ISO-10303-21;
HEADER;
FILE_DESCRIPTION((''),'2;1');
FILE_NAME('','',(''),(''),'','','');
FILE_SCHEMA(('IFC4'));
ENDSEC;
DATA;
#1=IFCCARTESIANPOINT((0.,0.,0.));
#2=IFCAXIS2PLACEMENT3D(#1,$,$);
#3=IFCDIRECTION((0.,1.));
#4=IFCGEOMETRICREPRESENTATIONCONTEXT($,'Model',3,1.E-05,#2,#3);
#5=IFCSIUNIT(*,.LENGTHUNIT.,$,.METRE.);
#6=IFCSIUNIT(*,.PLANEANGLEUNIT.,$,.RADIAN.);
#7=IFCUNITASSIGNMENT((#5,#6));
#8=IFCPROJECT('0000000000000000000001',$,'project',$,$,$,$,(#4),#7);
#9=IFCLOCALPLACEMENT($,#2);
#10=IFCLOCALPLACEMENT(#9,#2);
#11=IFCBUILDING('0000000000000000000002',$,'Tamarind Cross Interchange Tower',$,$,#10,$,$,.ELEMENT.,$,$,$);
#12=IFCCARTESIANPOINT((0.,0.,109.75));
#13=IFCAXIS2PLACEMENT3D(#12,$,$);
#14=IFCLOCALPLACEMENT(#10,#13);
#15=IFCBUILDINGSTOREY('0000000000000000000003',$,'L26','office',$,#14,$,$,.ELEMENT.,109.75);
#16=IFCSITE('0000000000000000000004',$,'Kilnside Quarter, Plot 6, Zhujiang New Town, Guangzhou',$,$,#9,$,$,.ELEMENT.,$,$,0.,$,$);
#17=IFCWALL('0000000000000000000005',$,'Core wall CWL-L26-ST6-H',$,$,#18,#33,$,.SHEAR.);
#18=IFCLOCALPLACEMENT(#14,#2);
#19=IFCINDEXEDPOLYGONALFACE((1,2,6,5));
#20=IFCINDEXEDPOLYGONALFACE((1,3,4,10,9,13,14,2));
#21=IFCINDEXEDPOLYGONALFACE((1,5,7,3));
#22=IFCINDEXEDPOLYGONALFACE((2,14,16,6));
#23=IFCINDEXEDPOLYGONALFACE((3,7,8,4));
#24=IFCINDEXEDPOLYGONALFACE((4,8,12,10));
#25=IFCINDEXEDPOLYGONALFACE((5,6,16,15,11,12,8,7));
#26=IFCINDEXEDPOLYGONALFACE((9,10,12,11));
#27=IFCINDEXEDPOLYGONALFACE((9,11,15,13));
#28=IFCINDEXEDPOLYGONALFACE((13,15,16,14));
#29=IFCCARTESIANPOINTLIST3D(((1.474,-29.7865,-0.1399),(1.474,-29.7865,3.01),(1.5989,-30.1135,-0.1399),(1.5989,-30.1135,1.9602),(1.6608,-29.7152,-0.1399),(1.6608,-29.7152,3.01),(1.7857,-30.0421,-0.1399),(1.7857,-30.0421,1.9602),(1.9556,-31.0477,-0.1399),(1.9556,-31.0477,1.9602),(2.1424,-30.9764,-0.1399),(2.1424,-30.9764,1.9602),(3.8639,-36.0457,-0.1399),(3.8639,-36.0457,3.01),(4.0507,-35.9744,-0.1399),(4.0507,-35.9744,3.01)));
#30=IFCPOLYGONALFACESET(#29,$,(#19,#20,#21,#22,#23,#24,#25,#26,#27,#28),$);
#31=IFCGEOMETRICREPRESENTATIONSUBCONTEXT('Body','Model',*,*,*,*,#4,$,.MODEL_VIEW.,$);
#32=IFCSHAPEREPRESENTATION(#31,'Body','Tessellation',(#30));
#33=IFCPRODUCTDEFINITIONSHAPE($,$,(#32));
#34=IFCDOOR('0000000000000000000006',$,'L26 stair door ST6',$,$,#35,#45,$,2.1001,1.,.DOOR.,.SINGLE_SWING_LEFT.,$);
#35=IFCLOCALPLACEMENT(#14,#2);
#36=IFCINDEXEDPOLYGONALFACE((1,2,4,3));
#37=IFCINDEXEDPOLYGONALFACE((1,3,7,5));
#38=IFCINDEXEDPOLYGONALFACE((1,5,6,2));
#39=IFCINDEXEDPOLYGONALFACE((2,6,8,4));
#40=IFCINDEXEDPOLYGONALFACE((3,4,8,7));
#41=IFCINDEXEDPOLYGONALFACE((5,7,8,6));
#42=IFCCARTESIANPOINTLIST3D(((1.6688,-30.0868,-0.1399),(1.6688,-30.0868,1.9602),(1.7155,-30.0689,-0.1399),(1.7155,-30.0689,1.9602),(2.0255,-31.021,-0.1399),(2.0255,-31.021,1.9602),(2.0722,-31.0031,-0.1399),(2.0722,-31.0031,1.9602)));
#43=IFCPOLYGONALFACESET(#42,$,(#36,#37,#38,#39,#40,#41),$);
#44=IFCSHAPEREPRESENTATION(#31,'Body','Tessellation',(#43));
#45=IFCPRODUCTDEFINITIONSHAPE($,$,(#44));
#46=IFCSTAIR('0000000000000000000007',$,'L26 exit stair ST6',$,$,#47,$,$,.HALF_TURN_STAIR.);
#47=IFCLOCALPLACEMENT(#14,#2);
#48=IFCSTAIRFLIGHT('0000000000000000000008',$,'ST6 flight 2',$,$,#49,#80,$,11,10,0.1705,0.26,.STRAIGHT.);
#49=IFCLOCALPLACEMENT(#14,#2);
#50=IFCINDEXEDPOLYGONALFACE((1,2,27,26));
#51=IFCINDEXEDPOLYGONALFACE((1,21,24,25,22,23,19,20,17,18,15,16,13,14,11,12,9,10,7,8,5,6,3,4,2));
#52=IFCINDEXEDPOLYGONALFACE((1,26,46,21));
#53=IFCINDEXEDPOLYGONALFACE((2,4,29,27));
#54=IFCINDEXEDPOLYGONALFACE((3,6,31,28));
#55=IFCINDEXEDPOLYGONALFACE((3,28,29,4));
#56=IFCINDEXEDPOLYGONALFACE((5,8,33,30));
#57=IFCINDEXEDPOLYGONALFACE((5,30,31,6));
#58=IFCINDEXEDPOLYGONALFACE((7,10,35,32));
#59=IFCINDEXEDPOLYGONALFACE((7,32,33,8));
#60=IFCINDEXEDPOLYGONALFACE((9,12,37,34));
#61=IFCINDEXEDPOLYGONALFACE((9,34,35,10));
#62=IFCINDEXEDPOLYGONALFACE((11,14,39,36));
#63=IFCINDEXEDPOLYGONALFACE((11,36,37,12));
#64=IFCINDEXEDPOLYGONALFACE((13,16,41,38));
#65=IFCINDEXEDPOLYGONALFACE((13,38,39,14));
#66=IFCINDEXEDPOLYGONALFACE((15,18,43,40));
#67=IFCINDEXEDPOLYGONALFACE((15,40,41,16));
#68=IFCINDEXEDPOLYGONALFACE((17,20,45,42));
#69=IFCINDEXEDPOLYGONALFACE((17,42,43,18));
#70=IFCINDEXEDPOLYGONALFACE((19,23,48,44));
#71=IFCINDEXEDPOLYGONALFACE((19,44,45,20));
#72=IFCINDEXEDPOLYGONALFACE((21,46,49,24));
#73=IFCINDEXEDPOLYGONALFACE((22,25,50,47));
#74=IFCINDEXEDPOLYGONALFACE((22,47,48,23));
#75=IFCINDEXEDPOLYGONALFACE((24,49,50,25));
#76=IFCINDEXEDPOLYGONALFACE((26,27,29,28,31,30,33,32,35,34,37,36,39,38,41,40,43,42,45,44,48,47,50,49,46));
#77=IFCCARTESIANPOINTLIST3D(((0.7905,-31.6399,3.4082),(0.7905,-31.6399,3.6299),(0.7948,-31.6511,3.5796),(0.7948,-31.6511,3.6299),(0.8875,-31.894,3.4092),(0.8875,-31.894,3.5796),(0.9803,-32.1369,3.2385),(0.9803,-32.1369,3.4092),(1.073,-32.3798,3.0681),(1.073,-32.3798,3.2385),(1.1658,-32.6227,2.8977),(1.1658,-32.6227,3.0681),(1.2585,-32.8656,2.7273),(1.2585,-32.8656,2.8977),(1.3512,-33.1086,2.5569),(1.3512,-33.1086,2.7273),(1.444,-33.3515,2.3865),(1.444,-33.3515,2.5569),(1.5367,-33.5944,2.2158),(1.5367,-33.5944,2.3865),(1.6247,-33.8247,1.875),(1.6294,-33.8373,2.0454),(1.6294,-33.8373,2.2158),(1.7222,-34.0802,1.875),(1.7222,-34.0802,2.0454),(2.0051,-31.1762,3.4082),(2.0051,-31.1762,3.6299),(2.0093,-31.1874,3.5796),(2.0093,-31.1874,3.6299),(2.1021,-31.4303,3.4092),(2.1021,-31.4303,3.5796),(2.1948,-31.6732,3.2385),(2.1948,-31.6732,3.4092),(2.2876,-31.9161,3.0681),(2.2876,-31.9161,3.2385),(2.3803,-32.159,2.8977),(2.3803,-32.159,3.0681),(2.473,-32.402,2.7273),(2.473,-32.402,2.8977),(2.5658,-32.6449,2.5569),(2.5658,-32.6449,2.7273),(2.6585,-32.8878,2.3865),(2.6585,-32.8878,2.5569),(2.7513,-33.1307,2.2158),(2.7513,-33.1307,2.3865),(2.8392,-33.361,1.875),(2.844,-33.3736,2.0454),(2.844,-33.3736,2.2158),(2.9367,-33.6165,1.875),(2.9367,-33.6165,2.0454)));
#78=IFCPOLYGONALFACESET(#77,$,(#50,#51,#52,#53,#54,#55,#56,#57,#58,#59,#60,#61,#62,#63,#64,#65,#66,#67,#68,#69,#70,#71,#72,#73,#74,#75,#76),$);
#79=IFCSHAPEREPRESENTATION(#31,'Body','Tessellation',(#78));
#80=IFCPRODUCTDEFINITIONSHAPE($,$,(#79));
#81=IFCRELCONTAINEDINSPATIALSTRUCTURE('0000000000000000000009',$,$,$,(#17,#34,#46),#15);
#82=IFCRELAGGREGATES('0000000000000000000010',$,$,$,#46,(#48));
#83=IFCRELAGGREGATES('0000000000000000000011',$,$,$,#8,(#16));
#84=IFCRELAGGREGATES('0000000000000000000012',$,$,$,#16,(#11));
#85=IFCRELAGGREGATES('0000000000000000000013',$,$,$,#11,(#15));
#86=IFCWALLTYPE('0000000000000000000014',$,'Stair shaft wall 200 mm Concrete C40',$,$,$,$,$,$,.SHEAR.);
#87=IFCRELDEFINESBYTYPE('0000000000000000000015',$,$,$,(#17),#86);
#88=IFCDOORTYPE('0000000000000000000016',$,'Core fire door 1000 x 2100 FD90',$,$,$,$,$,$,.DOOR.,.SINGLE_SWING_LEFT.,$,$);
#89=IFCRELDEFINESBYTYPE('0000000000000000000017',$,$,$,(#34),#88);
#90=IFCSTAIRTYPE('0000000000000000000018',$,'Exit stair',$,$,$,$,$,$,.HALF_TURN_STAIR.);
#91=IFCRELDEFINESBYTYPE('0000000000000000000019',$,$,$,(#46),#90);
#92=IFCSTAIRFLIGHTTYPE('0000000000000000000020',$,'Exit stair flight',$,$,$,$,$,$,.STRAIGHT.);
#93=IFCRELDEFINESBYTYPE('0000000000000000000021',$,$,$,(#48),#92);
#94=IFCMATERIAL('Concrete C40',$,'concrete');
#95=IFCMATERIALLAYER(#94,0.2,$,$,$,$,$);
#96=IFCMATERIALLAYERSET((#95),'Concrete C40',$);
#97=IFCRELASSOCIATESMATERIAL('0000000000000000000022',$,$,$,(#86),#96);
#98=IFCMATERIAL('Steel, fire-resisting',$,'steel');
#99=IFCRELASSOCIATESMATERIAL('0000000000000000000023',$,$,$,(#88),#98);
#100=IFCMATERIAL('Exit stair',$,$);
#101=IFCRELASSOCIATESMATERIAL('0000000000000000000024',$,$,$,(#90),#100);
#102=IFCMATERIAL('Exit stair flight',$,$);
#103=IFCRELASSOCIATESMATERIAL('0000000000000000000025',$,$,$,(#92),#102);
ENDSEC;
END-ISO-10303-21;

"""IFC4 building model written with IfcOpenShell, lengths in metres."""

from ifc_helpers import new_model, si_unit, direction, frame, frame_2d, origin, place, context, subcontext, project, spatial, polyline, rectangle, outline, extrude, material, layer, layer_set, type_object, element, fill, aggregate, save


model = new_model("IFC4")

# Units and contexts
model_context = context("Model", 3, precision=1e-05, world=origin(), true_north=direction((0.0, 1.0)))
body_context = subcontext(model_context, "Body", "Model", "MODEL_VIEW")
ifc_project = project(units=[si_unit("LENGTHUNIT", "METRE"), si_unit("PLANEANGLEUNIT", "RADIAN")], contexts=[model_context])

# Site, building, storey
site_placement = place(None, origin())
site = spatial("IfcSite", under=ifc_project, at=site_placement, Name="Kilnside Quarter, Plot 6, Zhujiang New Town, Guangzhou", CompositionType="ELEMENT", RefElevation=0.0)
building_placement = place(site_placement, origin())
building = spatial("IfcBuilding", under=site, at=building_placement, Name="Tamarind Cross Interchange Tower", CompositionType="ELEMENT")
storey_placement = place(building_placement, frame((0.0, 0.0, 109.75)))
storey = spatial("IfcBuildingStorey", under=building, at=storey_placement, Name="L26", Description="office", CompositionType="ELEMENT", Elevation=109.75)

# Wall, opening, door
ifc_material_1 = material(Name="Concrete C40", Category="concrete")
ifc_layer_1 = layer(ifc_material_1, 0.2)
ifc_layer_set_1 = layer_set([ifc_layer_1], Name="Concrete C40")
wall_type_1 = type_object("IfcWallType", Name="Stair shaft wall 200 mm Concrete C40", PredefinedType="SHEAR", material=ifc_layer_set_1)
wall_1_placement = place(storey_placement, frame((1.5674, -29.7507, -0.1399), z_axis=(0.0, 0.0, 1.0), x_axis=(0.3567, -0.934219, 0.0)))
wall_1 = element("IfcWall", 1, at=wall_1_placement, inside=storey, type_object=wall_type_1, Name="Core wall CWL-L26-ST6-H", PredefinedType="SHEAR", context=body_context, shape_type="SweptSolid", body=[
    extrude(rectangle(XDim=6.7, YDim=0.2, at=frame_2d((3.3501, 0.0))), origin(), (0.0, 0.0, 1.0), 3.1499),
])
opening_1_placement = place(wall_1_placement, frame((0.3501, 0.0, 0.0)))
opening_1 = element("IfcOpeningElement", 2, at=opening_1_placement, cuts=wall_1, PredefinedType="OPENING", context=body_context, shape_type="SweptSolid", body=[
    extrude(rectangle(XDim=1.0, YDim=2.1001, at=frame_2d((0.5, 1.05))), frame((0.0, 0.1099, 0.0), z_axis=(0.0, -1.0, 0.0), x_axis=(1.0, 0.0, 0.0)), (0.0, 0.0, 1.0), 0.22),
])
ifc_material_2 = material(Name="Steel, fire-resisting", Category="steel")
door_type_1 = type_object("IfcDoorType", Name="Core fire door 1000 x 2100 FD90", OperationType="SINGLE_SWING_LEFT", PredefinedType="DOOR", material=ifc_material_2)
door_1_placement = place(opening_1_placement, origin())
door_1 = element("IfcDoor", 3, at=door_1_placement, inside=storey, type_object=door_type_1, Name="L26 stair door ST6", OperationType="SINGLE_SWING_LEFT", OverallHeight=2.1001, OverallWidth=1.0, PredefinedType="DOOR", context=body_context, shape_type="SweptSolid", body=[
    extrude(rectangle(XDim=1.0, YDim=2.1001, at=frame_2d((0.5, 1.05))), frame((0.0, 0.0249, 0.0), z_axis=(0.0, -1.0, 0.0), x_axis=(1.0, 0.0, 0.0)), (0.0, 0.0, 1.0), 0.05),
])
fill(opening_1, door_1)

# Stair, stair flight
ifc_material_3 = material(Name="Exit stair")
stair_type = type_object("IfcStairType", Name="Exit stair", PredefinedType="HALF_TURN_STAIR", material=ifc_material_3)
stair_placement = place(storey_placement, origin())
stair = element("IfcStair", 4, at=stair_placement, inside=storey, type_object=stair_type, Name="L26 exit stair ST6", PredefinedType="HALF_TURN_STAIR")
ifc_material_4 = material(Name="Exit stair flight")
stair_flight_type = type_object("IfcStairFlightType", Name="Exit stair flight", PredefinedType="STRAIGHT", material=ifc_material_4)
stair_flight_placement = place(storey_placement, frame((2.3293, -33.8484, 1.875), z_axis=(0.0, 0.0, 1.0), x_axis=(-0.356673, 0.934229, 0.0)))
stair_flight = element("IfcStairFlight", 5, at=stair_flight_placement, type_object=stair_flight_type, Name="ST6 flight 2", NumberOfRisers=11, NumberOfTreads=10, PredefinedType="STRAIGHT", RiserHeight=0.1705, TreadLength=0.26, context=body_context, shape_type="SweptSolid", body=[
    extrude(outline(polyline([(0.0, 0.0), (0.0, 0.1704), (0.26, 0.1704), (0.26, 0.3408), (0.52, 0.3408), (0.52, 0.5115), (0.78, 0.5115), (0.78, 0.6819), (1.04, 0.6819), (1.04, 0.8523), (1.3, 0.8523), (1.3, 1.0227), (1.5601, 1.0227), (1.5601, 1.1931), (1.8201, 1.1931), (1.8201, 1.3635), (2.0801, 1.3635), (2.0801, 1.5342), (2.3401, 1.5342), (2.3401, 1.7046), (2.6001, 1.7046), (2.6001, 1.7549), (2.6121, 1.7549), (2.6121, 1.5332), (0.2734, 0.0), (0.0, 0.0)])), frame((0.0, 0.6499, 0.0), z_axis=(0.0, -1.0, 0.0), x_axis=(1.0, 0.0, 0.0)), (0.0, 0.0, 1.0), 1.3),
])
aggregate(stair, [stair_flight])

save(model, "model.ifc")
